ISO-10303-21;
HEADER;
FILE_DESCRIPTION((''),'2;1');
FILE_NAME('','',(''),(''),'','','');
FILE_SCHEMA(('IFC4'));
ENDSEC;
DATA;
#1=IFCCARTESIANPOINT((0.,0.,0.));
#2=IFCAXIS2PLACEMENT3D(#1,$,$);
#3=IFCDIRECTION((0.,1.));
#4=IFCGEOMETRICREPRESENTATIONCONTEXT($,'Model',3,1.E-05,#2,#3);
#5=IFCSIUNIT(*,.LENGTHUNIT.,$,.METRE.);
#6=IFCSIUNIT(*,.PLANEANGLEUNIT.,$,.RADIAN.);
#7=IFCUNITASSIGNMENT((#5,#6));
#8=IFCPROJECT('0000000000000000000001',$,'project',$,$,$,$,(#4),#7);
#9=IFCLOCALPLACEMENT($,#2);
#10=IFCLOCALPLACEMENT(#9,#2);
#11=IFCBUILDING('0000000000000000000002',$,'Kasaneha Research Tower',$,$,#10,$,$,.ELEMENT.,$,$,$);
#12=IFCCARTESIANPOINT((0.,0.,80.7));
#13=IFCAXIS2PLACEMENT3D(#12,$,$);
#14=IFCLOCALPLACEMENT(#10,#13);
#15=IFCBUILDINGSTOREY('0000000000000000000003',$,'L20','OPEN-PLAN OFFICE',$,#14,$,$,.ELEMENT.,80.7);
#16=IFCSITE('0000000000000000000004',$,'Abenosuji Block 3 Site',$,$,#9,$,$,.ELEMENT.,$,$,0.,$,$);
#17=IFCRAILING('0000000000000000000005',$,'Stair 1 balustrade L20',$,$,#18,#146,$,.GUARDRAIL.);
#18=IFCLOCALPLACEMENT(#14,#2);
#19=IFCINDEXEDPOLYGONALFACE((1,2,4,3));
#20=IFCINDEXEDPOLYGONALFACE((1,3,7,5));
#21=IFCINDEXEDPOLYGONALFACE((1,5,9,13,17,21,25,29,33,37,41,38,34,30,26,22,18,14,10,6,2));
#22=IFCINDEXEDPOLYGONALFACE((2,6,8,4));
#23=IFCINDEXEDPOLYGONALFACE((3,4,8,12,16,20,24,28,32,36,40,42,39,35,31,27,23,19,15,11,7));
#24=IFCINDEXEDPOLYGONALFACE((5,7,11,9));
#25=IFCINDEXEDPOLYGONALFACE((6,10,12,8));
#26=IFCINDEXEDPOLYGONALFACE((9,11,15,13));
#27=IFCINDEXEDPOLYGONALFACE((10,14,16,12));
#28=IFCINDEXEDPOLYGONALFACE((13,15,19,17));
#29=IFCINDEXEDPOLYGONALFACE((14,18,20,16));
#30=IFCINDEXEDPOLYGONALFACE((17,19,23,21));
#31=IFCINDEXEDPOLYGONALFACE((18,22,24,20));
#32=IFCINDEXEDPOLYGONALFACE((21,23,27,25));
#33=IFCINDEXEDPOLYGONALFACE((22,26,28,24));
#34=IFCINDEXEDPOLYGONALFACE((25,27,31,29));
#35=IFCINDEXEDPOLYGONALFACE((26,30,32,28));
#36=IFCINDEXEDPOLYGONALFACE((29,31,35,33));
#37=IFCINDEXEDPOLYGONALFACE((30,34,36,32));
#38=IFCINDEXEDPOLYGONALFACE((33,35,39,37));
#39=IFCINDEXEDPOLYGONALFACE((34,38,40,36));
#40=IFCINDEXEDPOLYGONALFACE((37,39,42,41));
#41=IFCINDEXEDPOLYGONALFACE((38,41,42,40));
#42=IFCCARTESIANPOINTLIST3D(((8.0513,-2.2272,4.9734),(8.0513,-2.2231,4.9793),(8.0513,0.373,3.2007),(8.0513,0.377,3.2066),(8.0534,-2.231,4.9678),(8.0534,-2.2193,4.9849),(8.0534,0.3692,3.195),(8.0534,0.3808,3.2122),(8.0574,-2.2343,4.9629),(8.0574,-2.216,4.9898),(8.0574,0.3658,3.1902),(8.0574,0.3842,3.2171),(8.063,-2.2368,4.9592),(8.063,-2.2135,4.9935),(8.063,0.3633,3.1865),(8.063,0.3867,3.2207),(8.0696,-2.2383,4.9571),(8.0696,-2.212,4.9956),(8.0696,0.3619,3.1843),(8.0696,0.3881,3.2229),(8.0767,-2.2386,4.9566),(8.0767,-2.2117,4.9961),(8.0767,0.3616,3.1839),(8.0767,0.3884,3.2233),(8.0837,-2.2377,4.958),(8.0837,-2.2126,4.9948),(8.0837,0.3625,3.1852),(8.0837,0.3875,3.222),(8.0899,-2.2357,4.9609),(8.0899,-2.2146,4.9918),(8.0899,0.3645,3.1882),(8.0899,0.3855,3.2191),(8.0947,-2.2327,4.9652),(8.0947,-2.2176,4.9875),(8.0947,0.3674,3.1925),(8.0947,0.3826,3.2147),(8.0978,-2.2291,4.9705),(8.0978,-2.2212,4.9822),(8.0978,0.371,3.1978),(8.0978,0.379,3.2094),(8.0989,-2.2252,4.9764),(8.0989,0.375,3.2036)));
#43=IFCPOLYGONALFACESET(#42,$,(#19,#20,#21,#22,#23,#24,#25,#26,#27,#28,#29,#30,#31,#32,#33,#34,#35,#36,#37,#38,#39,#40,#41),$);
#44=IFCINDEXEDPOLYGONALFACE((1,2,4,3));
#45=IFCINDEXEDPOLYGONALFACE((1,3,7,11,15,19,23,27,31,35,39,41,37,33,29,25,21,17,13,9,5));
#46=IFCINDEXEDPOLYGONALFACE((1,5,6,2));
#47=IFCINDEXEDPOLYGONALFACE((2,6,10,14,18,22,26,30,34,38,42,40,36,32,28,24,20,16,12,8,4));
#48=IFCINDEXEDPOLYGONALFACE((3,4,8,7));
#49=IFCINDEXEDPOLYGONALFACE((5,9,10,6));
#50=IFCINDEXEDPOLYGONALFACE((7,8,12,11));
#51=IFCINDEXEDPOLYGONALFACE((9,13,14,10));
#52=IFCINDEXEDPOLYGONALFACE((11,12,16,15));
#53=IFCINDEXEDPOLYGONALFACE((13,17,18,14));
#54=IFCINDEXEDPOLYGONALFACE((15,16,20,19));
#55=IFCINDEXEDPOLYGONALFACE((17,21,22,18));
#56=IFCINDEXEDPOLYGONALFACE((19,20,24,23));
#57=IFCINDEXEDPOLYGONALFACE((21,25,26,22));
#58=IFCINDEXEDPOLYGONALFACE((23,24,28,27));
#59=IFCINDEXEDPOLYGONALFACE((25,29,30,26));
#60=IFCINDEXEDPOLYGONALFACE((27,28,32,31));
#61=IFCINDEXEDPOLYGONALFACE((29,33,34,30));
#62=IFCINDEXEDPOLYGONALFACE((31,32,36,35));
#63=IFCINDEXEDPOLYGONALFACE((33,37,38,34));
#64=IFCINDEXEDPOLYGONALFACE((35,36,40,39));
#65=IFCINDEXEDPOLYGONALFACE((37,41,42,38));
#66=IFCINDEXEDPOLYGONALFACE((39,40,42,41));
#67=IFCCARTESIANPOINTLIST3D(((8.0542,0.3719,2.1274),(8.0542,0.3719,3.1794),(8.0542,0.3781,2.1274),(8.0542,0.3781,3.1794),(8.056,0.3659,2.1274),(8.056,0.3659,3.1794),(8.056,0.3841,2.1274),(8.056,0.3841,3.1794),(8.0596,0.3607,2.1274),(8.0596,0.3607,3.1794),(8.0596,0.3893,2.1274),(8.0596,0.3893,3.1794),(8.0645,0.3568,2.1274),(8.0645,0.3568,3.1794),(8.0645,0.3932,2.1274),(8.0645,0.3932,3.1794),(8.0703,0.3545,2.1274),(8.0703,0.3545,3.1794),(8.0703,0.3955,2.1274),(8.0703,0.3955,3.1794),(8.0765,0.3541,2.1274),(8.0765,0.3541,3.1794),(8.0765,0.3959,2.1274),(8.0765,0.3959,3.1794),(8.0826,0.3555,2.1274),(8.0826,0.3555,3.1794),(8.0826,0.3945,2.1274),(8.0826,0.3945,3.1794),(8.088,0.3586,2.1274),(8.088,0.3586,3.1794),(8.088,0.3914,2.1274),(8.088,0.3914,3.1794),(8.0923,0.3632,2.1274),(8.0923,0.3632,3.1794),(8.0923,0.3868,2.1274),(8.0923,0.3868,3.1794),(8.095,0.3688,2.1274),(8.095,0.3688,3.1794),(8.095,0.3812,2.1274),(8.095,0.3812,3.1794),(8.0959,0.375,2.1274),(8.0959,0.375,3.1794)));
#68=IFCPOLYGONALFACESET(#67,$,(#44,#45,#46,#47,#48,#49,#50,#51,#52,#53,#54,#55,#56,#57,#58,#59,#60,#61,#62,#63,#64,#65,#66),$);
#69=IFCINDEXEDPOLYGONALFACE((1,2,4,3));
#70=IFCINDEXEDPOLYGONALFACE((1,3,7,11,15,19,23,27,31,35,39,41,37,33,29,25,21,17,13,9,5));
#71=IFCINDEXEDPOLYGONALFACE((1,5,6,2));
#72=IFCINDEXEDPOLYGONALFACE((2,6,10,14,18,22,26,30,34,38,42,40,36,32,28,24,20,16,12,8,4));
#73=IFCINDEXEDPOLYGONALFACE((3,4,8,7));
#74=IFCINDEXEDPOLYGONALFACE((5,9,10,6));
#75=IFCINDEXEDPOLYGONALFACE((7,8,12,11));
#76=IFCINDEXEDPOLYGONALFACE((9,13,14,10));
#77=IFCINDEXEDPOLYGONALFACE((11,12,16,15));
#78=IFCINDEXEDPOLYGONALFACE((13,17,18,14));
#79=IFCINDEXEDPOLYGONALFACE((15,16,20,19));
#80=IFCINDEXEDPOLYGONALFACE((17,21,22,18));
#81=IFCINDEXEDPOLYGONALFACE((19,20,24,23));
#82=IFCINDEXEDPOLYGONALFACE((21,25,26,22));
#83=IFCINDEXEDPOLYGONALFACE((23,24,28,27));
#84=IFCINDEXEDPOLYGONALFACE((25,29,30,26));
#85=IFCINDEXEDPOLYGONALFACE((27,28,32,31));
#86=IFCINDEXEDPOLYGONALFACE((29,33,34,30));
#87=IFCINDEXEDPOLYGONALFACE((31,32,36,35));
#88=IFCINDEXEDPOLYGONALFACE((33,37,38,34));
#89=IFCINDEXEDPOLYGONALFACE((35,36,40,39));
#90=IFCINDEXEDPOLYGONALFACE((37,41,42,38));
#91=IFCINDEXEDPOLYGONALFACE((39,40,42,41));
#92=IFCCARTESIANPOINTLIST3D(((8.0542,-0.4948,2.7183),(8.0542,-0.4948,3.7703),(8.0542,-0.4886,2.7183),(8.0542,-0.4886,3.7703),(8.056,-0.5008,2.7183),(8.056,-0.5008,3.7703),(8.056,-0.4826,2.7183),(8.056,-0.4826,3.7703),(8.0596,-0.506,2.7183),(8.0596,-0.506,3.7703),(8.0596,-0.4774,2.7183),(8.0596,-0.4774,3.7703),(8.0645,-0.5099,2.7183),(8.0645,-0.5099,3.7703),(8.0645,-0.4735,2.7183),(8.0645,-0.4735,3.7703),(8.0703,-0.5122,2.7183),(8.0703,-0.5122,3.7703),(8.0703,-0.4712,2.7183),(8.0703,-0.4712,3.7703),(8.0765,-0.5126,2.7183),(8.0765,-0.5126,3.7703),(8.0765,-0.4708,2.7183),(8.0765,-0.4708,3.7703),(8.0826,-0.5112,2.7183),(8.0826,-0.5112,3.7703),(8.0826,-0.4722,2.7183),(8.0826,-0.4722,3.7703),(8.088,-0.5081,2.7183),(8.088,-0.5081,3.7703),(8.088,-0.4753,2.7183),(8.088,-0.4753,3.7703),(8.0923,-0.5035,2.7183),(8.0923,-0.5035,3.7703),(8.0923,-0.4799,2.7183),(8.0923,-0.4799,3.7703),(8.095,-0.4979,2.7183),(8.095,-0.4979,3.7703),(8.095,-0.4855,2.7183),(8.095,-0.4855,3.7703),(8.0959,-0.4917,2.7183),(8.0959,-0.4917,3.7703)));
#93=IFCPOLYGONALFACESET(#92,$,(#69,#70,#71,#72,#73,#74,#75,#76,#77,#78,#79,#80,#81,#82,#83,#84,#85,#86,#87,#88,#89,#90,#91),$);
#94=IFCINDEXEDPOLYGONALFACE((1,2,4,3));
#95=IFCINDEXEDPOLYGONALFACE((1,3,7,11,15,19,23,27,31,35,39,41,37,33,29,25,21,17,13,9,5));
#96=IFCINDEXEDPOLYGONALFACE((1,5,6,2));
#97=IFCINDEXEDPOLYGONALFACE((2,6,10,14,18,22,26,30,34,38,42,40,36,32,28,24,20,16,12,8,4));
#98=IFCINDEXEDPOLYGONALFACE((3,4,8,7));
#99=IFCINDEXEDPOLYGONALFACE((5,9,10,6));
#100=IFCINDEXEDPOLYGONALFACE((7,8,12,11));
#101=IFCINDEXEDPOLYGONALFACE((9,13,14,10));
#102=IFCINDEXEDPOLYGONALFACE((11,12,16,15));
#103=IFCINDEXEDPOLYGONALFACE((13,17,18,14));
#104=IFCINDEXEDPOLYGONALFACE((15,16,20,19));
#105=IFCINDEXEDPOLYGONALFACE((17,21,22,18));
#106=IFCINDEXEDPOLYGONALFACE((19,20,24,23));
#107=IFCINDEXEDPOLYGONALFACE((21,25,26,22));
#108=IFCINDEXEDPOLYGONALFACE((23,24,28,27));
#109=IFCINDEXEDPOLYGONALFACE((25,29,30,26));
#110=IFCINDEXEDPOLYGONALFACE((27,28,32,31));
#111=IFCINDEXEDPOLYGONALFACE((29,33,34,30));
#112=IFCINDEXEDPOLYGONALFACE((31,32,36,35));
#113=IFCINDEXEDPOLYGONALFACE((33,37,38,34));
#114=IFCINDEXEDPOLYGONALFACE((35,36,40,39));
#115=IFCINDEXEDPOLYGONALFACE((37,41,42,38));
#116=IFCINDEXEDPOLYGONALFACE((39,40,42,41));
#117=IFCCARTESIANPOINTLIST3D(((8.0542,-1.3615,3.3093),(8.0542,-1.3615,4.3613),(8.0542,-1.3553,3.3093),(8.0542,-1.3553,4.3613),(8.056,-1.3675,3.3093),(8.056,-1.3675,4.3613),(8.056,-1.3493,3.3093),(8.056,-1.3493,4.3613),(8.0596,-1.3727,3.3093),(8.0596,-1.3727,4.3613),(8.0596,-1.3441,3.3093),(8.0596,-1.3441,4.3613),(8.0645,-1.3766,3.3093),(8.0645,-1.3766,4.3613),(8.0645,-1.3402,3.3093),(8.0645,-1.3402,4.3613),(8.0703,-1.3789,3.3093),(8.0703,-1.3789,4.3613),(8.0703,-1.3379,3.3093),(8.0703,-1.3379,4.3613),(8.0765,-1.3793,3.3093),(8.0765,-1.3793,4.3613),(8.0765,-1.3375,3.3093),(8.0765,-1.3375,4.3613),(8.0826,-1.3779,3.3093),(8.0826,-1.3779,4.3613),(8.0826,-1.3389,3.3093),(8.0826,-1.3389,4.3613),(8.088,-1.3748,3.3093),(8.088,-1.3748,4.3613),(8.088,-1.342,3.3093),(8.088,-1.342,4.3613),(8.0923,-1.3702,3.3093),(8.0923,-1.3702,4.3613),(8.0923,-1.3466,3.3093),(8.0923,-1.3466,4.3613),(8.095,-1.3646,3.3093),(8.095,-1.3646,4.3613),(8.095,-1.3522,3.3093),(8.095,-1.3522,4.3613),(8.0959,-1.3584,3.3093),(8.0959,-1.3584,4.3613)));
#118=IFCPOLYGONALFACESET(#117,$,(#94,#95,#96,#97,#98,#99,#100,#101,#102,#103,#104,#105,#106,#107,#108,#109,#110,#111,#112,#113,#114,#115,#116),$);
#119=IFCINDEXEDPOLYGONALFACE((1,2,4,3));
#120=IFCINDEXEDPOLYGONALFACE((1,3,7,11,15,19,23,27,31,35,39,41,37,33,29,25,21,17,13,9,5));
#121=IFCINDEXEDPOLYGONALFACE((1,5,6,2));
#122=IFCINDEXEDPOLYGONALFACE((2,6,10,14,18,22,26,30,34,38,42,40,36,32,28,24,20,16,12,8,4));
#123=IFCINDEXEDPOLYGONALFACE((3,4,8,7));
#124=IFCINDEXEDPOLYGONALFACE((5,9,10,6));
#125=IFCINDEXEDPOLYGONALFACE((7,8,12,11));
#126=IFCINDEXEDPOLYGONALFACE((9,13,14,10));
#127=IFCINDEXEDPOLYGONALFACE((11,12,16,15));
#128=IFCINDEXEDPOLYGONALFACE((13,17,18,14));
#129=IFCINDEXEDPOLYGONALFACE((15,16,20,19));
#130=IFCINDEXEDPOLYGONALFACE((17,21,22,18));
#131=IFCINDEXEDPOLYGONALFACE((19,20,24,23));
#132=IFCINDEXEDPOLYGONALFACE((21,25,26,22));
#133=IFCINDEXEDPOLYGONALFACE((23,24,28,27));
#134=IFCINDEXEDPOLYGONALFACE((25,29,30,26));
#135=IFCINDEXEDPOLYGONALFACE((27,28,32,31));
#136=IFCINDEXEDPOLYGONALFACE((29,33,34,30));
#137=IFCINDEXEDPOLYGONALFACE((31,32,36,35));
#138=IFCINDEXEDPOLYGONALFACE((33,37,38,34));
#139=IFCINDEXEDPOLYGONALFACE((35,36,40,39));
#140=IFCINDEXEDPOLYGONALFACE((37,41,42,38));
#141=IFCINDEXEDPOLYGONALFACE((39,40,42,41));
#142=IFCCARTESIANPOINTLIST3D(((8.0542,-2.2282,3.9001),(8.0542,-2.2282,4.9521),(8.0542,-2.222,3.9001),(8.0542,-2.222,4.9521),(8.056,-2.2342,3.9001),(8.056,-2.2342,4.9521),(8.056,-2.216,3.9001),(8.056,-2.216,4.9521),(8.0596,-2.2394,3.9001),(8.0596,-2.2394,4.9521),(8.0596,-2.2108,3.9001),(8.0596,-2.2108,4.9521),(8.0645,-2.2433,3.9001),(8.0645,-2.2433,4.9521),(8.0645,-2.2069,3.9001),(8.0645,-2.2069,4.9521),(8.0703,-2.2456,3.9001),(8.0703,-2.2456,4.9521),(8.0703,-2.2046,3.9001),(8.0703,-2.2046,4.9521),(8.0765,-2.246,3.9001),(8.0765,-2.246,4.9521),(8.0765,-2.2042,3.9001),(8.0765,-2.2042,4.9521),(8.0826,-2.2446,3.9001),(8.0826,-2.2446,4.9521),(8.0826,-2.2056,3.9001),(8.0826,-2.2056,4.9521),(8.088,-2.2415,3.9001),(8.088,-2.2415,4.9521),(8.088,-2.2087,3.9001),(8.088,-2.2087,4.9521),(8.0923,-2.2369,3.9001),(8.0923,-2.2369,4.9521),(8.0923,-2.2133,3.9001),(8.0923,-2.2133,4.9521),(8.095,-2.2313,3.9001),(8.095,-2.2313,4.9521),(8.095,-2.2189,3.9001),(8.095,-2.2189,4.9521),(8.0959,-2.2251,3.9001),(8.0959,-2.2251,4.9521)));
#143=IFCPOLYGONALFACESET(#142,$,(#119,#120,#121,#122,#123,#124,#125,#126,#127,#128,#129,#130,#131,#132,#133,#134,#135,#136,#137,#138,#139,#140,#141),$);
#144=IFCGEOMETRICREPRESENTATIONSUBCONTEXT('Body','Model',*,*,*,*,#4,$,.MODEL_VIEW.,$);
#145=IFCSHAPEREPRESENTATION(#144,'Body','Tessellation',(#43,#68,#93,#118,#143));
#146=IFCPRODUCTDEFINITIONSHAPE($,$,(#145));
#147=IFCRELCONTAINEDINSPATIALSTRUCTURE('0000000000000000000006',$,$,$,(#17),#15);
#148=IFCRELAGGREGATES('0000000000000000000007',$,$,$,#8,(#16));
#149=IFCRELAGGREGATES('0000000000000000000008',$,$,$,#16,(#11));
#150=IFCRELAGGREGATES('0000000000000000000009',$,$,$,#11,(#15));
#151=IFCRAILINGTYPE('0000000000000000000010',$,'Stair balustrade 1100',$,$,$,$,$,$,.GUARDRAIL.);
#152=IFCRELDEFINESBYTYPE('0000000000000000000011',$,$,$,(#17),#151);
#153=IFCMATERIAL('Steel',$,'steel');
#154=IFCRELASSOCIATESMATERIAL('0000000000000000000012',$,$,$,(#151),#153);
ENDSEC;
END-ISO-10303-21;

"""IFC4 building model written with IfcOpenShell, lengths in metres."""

from ifc_helpers import new_model, si_unit, direction, frame, origin, origin_2d, place, context, subcontext, project, spatial, circle, extrude, material, type_object, element, save


model = new_model("IFC4")

# Units and contexts
model_context = context("Model", 3, precision=1e-05, world=origin(), true_north=direction((0.0, 1.0)))
body_context = subcontext(model_context, "Body", "Model", "MODEL_VIEW")
ifc_project = project(units=[si_unit("LENGTHUNIT", "METRE"), si_unit("PLANEANGLEUNIT", "RADIAN")], contexts=[model_context])

# Site, building, storey
site_placement = place(None, origin())
site = spatial("IfcSite", under=ifc_project, at=site_placement, Name="Abenosuji Block 3 Site", CompositionType="ELEMENT", RefElevation=0.0)
building_placement = place(site_placement, origin())
building = spatial("IfcBuilding", under=site, at=building_placement, Name="Kasaneha Research Tower", CompositionType="ELEMENT")
storey_placement = place(building_placement, frame((0.0, 0.0, 80.7)))
storey = spatial("IfcBuildingStorey", under=building, at=storey_placement, Name="L20", Description="OPEN-PLAN OFFICE", CompositionType="ELEMENT", Elevation=80.7)

# Railing
ifc_material_1 = material(Name="Steel", Category="steel")
railing_type_1 = type_object("IfcRailingType", Name="Stair balustrade 1100", PredefinedType="GUARDRAIL", material=ifc_material_1)
railing_1_placement = place(storey_placement, frame((8.075, 0.375, 2.1274)))
element("IfcRailing", 1, at=railing_1_placement, inside=storey, type_object=railing_type_1, Name="Stair 1 balustrade L20", PredefinedType="GUARDRAIL", context=body_context, shape_type="SweptSolid", body=[
    extrude(circle(Radius=0.0239, at=origin_2d()), frame((0.0, 0.0, 1.0762), z_axis=(0.0, -0.82624, 0.563318), x_axis=(1.0, 0.0, 0.0)), (0.0, 0.0, 1.0), 3.147),
    extrude(circle(Radius=0.021, at=origin_2d()), origin(), (0.0, 0.0, 1.0), 1.052),
    extrude(circle(Radius=0.021, at=origin_2d()), frame((0.0, -0.8667, 0.5908)), (0.0, 0.0, 1.0), 1.052),
    extrude(circle(Radius=0.021, at=origin_2d()), frame((0.0, -1.7334, 1.1819)), (0.0, 0.0, 1.0), 1.052),
    extrude(circle(Radius=0.021, at=origin_2d()), frame((0.0, -2.6001, 1.7727)), (0.0, 0.0, 1.0), 1.052),
])

save(model, "model.ifc")
